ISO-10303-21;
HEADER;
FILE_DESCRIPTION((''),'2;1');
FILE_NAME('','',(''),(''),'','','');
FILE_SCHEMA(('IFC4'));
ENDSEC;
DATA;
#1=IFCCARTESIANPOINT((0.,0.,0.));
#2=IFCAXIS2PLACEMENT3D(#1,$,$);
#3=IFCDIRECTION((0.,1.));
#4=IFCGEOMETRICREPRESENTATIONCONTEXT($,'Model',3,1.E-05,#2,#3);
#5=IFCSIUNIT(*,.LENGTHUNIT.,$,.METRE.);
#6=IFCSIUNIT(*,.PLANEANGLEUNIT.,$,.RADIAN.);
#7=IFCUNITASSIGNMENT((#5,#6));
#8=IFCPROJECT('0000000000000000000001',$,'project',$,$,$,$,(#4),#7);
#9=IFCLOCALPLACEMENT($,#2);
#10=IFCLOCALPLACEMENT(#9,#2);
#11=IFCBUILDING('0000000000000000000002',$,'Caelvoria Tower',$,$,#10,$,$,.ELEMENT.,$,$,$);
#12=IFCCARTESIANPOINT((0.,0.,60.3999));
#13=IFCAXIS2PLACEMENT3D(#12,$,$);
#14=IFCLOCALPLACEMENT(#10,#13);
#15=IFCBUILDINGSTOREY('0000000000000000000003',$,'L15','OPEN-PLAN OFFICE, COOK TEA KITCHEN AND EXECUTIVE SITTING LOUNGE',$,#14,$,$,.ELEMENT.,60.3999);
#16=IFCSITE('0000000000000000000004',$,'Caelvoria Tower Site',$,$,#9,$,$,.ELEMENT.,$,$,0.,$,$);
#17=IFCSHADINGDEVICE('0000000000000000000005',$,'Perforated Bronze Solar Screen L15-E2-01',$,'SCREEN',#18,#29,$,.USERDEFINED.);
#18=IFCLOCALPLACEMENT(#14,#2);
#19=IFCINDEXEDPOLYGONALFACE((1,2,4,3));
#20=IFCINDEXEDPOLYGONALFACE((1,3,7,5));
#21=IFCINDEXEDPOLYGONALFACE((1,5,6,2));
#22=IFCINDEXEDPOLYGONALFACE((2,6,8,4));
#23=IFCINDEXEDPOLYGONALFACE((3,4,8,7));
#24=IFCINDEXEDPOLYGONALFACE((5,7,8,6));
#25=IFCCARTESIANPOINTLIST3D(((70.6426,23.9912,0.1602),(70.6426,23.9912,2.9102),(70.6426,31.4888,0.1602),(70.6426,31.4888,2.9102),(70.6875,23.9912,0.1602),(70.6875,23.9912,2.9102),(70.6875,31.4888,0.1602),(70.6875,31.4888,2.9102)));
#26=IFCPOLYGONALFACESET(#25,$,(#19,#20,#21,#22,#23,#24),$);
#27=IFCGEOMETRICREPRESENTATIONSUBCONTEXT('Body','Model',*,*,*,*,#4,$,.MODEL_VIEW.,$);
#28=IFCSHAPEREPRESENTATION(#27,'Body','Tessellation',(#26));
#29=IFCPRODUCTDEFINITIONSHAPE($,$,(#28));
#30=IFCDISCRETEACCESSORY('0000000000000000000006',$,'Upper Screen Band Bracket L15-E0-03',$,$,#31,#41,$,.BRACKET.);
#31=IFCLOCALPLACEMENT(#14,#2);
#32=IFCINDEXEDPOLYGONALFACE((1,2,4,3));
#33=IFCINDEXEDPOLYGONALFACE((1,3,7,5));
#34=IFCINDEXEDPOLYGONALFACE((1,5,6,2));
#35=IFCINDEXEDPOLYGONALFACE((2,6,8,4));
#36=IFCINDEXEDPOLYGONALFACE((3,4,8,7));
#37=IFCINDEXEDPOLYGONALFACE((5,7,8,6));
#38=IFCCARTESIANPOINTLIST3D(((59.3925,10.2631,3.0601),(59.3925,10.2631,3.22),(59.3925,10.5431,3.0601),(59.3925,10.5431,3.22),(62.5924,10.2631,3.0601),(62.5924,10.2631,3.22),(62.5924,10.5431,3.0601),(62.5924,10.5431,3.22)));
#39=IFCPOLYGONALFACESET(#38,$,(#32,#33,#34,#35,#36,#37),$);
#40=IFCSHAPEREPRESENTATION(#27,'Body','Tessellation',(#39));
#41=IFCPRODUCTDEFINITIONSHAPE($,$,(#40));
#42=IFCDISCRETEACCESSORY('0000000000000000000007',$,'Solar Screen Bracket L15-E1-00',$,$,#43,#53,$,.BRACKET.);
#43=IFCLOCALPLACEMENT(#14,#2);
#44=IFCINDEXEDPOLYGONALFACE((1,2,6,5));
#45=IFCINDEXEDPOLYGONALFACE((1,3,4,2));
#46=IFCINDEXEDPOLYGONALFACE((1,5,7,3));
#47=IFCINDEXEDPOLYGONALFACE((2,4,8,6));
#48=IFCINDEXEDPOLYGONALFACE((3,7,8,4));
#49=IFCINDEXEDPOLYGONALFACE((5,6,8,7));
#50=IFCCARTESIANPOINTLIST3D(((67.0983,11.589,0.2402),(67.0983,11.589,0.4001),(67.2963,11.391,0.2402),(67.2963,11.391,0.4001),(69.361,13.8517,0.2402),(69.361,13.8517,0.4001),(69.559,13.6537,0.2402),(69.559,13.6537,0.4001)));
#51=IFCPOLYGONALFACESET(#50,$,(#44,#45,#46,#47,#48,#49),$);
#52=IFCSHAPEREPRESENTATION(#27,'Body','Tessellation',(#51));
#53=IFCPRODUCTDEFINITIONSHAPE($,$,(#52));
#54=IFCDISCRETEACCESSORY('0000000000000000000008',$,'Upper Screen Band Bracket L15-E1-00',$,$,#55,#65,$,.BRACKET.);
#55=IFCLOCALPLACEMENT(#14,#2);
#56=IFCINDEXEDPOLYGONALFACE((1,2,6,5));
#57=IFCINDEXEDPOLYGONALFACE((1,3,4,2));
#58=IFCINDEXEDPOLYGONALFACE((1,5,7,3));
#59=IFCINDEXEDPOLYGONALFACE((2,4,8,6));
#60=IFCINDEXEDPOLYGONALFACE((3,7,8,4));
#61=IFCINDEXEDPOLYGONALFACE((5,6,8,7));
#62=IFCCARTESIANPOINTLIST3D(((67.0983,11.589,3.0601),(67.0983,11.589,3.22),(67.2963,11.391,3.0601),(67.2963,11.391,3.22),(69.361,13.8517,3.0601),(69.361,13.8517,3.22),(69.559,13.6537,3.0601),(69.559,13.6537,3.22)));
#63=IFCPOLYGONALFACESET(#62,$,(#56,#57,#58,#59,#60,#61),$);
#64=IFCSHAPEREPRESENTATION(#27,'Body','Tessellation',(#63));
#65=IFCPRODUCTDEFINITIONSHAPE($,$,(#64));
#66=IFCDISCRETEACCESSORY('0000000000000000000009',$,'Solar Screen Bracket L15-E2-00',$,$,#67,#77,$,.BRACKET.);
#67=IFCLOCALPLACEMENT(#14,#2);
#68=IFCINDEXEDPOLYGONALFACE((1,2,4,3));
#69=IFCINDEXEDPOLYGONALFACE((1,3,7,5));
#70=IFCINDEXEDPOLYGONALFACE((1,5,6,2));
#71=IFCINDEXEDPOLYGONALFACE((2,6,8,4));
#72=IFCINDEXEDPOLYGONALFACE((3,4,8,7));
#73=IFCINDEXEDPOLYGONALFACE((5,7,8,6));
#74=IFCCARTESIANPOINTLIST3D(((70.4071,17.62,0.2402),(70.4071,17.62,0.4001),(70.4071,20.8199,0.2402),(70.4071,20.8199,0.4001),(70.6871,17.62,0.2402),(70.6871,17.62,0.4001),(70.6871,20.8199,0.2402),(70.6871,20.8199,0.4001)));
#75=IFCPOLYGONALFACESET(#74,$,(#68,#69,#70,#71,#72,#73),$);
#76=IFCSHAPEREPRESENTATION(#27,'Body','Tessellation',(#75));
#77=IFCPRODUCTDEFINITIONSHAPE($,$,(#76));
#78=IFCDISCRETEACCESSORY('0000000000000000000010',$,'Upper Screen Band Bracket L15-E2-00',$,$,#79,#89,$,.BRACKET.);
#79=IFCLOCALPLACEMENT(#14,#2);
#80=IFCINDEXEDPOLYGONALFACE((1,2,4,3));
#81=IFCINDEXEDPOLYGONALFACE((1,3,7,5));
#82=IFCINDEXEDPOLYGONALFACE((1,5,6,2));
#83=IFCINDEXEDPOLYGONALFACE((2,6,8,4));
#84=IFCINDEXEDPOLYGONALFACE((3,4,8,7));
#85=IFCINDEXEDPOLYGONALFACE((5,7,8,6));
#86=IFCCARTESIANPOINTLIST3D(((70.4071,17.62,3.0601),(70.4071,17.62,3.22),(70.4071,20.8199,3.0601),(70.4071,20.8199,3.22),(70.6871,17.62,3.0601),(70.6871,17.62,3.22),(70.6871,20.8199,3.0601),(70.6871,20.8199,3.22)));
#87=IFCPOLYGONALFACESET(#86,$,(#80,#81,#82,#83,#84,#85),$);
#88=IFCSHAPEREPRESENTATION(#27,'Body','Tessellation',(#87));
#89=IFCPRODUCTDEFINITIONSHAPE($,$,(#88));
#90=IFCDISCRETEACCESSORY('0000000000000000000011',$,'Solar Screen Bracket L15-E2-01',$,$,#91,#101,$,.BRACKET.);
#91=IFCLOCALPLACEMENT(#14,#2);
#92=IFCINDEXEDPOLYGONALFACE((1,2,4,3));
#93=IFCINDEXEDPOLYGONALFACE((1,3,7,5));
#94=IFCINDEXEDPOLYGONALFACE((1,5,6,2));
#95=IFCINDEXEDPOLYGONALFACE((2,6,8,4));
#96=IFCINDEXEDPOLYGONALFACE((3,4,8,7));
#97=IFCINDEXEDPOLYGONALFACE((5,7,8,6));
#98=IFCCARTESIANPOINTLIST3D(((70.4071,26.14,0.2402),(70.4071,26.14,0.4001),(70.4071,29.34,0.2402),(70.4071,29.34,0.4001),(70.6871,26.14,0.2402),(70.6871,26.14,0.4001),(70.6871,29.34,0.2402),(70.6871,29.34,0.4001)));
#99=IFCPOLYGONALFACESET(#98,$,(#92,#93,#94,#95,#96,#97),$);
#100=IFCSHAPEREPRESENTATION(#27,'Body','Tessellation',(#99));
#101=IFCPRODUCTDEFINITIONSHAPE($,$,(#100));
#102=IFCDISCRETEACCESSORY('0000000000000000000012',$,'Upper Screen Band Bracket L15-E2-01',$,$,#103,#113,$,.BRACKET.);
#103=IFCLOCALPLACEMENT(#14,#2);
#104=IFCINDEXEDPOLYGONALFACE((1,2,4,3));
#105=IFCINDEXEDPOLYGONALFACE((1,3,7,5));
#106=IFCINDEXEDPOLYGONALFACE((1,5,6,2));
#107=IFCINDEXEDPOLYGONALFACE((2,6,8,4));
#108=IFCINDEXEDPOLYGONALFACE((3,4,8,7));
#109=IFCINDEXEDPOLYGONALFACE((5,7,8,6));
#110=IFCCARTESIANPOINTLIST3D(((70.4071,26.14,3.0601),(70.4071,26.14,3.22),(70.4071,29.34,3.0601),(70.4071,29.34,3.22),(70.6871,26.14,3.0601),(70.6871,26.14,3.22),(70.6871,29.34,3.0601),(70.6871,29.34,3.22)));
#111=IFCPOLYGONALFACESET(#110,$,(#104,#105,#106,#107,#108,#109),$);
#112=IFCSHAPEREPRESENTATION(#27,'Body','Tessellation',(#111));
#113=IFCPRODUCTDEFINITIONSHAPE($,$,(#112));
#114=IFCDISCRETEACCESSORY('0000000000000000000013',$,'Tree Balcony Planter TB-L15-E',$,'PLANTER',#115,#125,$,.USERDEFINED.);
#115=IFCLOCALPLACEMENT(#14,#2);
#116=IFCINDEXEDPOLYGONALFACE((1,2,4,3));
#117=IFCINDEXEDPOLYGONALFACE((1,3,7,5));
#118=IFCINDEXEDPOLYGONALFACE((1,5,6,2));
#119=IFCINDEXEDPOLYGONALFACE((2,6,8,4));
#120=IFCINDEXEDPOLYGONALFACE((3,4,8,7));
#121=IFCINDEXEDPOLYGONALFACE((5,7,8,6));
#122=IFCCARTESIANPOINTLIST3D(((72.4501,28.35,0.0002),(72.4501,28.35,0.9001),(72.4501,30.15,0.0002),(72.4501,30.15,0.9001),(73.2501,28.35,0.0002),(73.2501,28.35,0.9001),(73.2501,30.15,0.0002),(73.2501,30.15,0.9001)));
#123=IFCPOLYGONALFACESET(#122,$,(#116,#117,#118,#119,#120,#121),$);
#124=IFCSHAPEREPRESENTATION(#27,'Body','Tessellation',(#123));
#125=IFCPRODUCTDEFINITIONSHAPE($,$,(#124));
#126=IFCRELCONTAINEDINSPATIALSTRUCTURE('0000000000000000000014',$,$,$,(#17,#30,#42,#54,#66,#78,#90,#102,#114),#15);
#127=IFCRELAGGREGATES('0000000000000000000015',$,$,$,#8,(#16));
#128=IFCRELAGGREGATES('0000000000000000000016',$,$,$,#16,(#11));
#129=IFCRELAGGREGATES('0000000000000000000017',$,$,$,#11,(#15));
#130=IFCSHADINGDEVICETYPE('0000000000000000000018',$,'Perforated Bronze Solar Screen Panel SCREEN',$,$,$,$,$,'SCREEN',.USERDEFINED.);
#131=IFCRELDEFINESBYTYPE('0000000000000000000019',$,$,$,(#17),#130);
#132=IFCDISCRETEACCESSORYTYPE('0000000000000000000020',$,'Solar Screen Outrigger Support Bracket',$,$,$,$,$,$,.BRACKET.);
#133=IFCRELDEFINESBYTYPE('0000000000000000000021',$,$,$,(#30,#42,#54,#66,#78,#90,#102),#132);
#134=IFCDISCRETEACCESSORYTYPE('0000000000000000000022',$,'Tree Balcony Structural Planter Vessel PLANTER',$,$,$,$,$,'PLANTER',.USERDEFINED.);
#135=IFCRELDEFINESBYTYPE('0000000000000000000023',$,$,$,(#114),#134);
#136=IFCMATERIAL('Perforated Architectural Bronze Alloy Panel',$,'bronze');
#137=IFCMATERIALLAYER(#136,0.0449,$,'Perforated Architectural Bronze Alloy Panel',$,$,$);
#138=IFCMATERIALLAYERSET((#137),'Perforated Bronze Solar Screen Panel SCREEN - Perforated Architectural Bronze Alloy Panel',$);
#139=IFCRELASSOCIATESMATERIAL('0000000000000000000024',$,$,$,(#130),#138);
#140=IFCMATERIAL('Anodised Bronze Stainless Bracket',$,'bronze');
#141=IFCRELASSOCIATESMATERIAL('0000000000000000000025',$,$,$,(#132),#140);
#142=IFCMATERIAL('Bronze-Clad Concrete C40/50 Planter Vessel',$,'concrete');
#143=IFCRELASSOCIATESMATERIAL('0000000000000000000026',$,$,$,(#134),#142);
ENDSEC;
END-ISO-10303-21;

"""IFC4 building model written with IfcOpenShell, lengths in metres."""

from ifc_helpers import new_model, si_unit, direction, frame, origin, origin_2d, place, context, subcontext, project, spatial, rectangle, extrude, material, layer, layer_set, type_object, element, save


model = new_model("IFC4")

# Units and contexts
model_context = context("Model", 3, precision=1e-05, world=origin(), true_north=direction((0.0, 1.0)))
body_context = subcontext(model_context, "Body", "Model", "MODEL_VIEW")
ifc_project = project(units=[si_unit("LENGTHUNIT", "METRE"), si_unit("PLANEANGLEUNIT", "RADIAN")], contexts=[model_context])

# Site, building, storey
site_placement = place(None, origin())
site = spatial("IfcSite", under=ifc_project, at=site_placement, Name="Caelvoria Tower Site", CompositionType="ELEMENT", RefElevation=0.0)
building_placement = place(site_placement, origin())
building = spatial("IfcBuilding", under=site, at=building_placement, Name="Caelvoria Tower", CompositionType="ELEMENT")
storey_placement = place(building_placement, frame((0.0, 0.0, 60.3999)))
storey = spatial("IfcBuildingStorey", under=building, at=storey_placement, Name="L15", Description="OPEN-PLAN OFFICE, COOK TEA KITCHEN AND EXECUTIVE SITTING LOUNGE", CompositionType="ELEMENT", Elevation=60.3999)

# Shading device
ifc_material_1 = material(Name="Perforated Architectural Bronze Alloy Panel", Category="bronze")
ifc_layer_1 = layer(ifc_material_1, 0.0449, Name="Perforated Architectural Bronze Alloy Panel")
ifc_layer_set_1 = layer_set([ifc_layer_1], Name="Perforated Bronze Solar Screen Panel SCREEN - Perforated Architectural Bronze Alloy Panel")
shading_device_type = type_object("IfcShadingDeviceType", Name="Perforated Bronze Solar Screen Panel SCREEN", ElementType="SCREEN", PredefinedType="USERDEFINED", material=ifc_layer_set_1)
for number, where, z_axis, x_axis, name in (
    (1, (70.665, 27.74, 0.1602), (0.0, 0.0, 1.0), (0.0, 1.0, 0.0), "Perforated Bronze Solar Screen L15-E2-01"),
):
    element("IfcShadingDevice", number, at=place(storey_placement, frame(where, z_axis=z_axis, x_axis=x_axis)), inside=storey, type_object=shading_device_type, Name=name, ObjectType="SCREEN", PredefinedType="USERDEFINED", context=body_context, shape_type="SweptSolid", body=[
        extrude(rectangle(XDim=7.4976, YDim=0.0449, at=origin_2d()), origin(), (0.0, 0.0, 1.0), 2.75),
    ])

# Discrete accessories
ifc_material_2 = material(Name="Anodised Bronze Stainless Bracket", Category="bronze")
discrete_accessory_type_1 = type_object("IfcDiscreteAccessoryType", Name="Solar Screen Outrigger Support Bracket", PredefinedType="BRACKET", material=ifc_material_2)
for number, where, z_axis, x_axis, name in (
    (2, (60.9924, 10.4031, 3.0601), (0.0, 0.0, 1.0), (1.0, 0.0, 0.0), "Upper Screen Band Bracket L15-E0-03"),
    (3, (68.3286, 12.6213, 0.2402), (0.0, 0.0, 1.0), (0.707107, 0.707107, 0.0), "Solar Screen Bracket L15-E1-00"),
    (4, (68.3286, 12.6213, 3.0601), (0.0, 0.0, 1.0), (0.707107, 0.707107, 0.0), "Upper Screen Band Bracket L15-E1-00"),
    (5, (70.5471, 19.22, 0.2402), (0.0, 0.0, 1.0), (0.0, 1.0, 0.0), "Solar Screen Bracket L15-E2-00"),
    (6, (70.5471, 19.22, 3.0601), (0.0, 0.0, 1.0), (0.0, 1.0, 0.0), "Upper Screen Band Bracket L15-E2-00"),
    (7, (70.5471, 27.74, 0.2402), (0.0, 0.0, 1.0), (0.0, 1.0, 0.0), "Solar Screen Bracket L15-E2-01"),
    (8, (70.5471, 27.74, 3.0601), (0.0, 0.0, 1.0), (0.0, 1.0, 0.0), "Upper Screen Band Bracket L15-E2-01"),
):
    element("IfcDiscreteAccessory", number, at=place(storey_placement, frame(where, z_axis=z_axis, x_axis=x_axis)), inside=storey, type_object=discrete_accessory_type_1, Name=name, PredefinedType="BRACKET", context=body_context, shape_type="SweptSolid", body=[
        extrude(rectangle(XDim=3.2, YDim=0.28, at=origin_2d()), origin(), (0.0, 0.0, 1.0), 0.1599),
    ])
ifc_material_3 = material(Name="Bronze-Clad Concrete C40/50 Planter Vessel", Category="concrete")
discrete_accessory_type_2 = type_object("IfcDiscreteAccessoryType", Name="Tree Balcony Structural Planter Vessel PLANTER", ElementType="PLANTER", PredefinedType="USERDEFINED", material=ifc_material_3)
discrete_accessory_placement = place(storey_placement, frame((72.8501, 29.25, 0.0002), z_axis=(0.0, 0.0, 1.0), x_axis=(0.0, 1.0, 0.0)))
element("IfcDiscreteAccessory", 9, at=discrete_accessory_placement, inside=storey, type_object=discrete_accessory_type_2, Name="Tree Balcony Planter TB-L15-E", ObjectType="PLANTER", PredefinedType="USERDEFINED", context=body_context, shape_type="SweptSolid", body=[
    extrude(rectangle(XDim=1.8, YDim=0.8, at=origin_2d()), origin(), (0.0, 0.0, 1.0), 0.8999),
])

save(model, "model.ifc")
